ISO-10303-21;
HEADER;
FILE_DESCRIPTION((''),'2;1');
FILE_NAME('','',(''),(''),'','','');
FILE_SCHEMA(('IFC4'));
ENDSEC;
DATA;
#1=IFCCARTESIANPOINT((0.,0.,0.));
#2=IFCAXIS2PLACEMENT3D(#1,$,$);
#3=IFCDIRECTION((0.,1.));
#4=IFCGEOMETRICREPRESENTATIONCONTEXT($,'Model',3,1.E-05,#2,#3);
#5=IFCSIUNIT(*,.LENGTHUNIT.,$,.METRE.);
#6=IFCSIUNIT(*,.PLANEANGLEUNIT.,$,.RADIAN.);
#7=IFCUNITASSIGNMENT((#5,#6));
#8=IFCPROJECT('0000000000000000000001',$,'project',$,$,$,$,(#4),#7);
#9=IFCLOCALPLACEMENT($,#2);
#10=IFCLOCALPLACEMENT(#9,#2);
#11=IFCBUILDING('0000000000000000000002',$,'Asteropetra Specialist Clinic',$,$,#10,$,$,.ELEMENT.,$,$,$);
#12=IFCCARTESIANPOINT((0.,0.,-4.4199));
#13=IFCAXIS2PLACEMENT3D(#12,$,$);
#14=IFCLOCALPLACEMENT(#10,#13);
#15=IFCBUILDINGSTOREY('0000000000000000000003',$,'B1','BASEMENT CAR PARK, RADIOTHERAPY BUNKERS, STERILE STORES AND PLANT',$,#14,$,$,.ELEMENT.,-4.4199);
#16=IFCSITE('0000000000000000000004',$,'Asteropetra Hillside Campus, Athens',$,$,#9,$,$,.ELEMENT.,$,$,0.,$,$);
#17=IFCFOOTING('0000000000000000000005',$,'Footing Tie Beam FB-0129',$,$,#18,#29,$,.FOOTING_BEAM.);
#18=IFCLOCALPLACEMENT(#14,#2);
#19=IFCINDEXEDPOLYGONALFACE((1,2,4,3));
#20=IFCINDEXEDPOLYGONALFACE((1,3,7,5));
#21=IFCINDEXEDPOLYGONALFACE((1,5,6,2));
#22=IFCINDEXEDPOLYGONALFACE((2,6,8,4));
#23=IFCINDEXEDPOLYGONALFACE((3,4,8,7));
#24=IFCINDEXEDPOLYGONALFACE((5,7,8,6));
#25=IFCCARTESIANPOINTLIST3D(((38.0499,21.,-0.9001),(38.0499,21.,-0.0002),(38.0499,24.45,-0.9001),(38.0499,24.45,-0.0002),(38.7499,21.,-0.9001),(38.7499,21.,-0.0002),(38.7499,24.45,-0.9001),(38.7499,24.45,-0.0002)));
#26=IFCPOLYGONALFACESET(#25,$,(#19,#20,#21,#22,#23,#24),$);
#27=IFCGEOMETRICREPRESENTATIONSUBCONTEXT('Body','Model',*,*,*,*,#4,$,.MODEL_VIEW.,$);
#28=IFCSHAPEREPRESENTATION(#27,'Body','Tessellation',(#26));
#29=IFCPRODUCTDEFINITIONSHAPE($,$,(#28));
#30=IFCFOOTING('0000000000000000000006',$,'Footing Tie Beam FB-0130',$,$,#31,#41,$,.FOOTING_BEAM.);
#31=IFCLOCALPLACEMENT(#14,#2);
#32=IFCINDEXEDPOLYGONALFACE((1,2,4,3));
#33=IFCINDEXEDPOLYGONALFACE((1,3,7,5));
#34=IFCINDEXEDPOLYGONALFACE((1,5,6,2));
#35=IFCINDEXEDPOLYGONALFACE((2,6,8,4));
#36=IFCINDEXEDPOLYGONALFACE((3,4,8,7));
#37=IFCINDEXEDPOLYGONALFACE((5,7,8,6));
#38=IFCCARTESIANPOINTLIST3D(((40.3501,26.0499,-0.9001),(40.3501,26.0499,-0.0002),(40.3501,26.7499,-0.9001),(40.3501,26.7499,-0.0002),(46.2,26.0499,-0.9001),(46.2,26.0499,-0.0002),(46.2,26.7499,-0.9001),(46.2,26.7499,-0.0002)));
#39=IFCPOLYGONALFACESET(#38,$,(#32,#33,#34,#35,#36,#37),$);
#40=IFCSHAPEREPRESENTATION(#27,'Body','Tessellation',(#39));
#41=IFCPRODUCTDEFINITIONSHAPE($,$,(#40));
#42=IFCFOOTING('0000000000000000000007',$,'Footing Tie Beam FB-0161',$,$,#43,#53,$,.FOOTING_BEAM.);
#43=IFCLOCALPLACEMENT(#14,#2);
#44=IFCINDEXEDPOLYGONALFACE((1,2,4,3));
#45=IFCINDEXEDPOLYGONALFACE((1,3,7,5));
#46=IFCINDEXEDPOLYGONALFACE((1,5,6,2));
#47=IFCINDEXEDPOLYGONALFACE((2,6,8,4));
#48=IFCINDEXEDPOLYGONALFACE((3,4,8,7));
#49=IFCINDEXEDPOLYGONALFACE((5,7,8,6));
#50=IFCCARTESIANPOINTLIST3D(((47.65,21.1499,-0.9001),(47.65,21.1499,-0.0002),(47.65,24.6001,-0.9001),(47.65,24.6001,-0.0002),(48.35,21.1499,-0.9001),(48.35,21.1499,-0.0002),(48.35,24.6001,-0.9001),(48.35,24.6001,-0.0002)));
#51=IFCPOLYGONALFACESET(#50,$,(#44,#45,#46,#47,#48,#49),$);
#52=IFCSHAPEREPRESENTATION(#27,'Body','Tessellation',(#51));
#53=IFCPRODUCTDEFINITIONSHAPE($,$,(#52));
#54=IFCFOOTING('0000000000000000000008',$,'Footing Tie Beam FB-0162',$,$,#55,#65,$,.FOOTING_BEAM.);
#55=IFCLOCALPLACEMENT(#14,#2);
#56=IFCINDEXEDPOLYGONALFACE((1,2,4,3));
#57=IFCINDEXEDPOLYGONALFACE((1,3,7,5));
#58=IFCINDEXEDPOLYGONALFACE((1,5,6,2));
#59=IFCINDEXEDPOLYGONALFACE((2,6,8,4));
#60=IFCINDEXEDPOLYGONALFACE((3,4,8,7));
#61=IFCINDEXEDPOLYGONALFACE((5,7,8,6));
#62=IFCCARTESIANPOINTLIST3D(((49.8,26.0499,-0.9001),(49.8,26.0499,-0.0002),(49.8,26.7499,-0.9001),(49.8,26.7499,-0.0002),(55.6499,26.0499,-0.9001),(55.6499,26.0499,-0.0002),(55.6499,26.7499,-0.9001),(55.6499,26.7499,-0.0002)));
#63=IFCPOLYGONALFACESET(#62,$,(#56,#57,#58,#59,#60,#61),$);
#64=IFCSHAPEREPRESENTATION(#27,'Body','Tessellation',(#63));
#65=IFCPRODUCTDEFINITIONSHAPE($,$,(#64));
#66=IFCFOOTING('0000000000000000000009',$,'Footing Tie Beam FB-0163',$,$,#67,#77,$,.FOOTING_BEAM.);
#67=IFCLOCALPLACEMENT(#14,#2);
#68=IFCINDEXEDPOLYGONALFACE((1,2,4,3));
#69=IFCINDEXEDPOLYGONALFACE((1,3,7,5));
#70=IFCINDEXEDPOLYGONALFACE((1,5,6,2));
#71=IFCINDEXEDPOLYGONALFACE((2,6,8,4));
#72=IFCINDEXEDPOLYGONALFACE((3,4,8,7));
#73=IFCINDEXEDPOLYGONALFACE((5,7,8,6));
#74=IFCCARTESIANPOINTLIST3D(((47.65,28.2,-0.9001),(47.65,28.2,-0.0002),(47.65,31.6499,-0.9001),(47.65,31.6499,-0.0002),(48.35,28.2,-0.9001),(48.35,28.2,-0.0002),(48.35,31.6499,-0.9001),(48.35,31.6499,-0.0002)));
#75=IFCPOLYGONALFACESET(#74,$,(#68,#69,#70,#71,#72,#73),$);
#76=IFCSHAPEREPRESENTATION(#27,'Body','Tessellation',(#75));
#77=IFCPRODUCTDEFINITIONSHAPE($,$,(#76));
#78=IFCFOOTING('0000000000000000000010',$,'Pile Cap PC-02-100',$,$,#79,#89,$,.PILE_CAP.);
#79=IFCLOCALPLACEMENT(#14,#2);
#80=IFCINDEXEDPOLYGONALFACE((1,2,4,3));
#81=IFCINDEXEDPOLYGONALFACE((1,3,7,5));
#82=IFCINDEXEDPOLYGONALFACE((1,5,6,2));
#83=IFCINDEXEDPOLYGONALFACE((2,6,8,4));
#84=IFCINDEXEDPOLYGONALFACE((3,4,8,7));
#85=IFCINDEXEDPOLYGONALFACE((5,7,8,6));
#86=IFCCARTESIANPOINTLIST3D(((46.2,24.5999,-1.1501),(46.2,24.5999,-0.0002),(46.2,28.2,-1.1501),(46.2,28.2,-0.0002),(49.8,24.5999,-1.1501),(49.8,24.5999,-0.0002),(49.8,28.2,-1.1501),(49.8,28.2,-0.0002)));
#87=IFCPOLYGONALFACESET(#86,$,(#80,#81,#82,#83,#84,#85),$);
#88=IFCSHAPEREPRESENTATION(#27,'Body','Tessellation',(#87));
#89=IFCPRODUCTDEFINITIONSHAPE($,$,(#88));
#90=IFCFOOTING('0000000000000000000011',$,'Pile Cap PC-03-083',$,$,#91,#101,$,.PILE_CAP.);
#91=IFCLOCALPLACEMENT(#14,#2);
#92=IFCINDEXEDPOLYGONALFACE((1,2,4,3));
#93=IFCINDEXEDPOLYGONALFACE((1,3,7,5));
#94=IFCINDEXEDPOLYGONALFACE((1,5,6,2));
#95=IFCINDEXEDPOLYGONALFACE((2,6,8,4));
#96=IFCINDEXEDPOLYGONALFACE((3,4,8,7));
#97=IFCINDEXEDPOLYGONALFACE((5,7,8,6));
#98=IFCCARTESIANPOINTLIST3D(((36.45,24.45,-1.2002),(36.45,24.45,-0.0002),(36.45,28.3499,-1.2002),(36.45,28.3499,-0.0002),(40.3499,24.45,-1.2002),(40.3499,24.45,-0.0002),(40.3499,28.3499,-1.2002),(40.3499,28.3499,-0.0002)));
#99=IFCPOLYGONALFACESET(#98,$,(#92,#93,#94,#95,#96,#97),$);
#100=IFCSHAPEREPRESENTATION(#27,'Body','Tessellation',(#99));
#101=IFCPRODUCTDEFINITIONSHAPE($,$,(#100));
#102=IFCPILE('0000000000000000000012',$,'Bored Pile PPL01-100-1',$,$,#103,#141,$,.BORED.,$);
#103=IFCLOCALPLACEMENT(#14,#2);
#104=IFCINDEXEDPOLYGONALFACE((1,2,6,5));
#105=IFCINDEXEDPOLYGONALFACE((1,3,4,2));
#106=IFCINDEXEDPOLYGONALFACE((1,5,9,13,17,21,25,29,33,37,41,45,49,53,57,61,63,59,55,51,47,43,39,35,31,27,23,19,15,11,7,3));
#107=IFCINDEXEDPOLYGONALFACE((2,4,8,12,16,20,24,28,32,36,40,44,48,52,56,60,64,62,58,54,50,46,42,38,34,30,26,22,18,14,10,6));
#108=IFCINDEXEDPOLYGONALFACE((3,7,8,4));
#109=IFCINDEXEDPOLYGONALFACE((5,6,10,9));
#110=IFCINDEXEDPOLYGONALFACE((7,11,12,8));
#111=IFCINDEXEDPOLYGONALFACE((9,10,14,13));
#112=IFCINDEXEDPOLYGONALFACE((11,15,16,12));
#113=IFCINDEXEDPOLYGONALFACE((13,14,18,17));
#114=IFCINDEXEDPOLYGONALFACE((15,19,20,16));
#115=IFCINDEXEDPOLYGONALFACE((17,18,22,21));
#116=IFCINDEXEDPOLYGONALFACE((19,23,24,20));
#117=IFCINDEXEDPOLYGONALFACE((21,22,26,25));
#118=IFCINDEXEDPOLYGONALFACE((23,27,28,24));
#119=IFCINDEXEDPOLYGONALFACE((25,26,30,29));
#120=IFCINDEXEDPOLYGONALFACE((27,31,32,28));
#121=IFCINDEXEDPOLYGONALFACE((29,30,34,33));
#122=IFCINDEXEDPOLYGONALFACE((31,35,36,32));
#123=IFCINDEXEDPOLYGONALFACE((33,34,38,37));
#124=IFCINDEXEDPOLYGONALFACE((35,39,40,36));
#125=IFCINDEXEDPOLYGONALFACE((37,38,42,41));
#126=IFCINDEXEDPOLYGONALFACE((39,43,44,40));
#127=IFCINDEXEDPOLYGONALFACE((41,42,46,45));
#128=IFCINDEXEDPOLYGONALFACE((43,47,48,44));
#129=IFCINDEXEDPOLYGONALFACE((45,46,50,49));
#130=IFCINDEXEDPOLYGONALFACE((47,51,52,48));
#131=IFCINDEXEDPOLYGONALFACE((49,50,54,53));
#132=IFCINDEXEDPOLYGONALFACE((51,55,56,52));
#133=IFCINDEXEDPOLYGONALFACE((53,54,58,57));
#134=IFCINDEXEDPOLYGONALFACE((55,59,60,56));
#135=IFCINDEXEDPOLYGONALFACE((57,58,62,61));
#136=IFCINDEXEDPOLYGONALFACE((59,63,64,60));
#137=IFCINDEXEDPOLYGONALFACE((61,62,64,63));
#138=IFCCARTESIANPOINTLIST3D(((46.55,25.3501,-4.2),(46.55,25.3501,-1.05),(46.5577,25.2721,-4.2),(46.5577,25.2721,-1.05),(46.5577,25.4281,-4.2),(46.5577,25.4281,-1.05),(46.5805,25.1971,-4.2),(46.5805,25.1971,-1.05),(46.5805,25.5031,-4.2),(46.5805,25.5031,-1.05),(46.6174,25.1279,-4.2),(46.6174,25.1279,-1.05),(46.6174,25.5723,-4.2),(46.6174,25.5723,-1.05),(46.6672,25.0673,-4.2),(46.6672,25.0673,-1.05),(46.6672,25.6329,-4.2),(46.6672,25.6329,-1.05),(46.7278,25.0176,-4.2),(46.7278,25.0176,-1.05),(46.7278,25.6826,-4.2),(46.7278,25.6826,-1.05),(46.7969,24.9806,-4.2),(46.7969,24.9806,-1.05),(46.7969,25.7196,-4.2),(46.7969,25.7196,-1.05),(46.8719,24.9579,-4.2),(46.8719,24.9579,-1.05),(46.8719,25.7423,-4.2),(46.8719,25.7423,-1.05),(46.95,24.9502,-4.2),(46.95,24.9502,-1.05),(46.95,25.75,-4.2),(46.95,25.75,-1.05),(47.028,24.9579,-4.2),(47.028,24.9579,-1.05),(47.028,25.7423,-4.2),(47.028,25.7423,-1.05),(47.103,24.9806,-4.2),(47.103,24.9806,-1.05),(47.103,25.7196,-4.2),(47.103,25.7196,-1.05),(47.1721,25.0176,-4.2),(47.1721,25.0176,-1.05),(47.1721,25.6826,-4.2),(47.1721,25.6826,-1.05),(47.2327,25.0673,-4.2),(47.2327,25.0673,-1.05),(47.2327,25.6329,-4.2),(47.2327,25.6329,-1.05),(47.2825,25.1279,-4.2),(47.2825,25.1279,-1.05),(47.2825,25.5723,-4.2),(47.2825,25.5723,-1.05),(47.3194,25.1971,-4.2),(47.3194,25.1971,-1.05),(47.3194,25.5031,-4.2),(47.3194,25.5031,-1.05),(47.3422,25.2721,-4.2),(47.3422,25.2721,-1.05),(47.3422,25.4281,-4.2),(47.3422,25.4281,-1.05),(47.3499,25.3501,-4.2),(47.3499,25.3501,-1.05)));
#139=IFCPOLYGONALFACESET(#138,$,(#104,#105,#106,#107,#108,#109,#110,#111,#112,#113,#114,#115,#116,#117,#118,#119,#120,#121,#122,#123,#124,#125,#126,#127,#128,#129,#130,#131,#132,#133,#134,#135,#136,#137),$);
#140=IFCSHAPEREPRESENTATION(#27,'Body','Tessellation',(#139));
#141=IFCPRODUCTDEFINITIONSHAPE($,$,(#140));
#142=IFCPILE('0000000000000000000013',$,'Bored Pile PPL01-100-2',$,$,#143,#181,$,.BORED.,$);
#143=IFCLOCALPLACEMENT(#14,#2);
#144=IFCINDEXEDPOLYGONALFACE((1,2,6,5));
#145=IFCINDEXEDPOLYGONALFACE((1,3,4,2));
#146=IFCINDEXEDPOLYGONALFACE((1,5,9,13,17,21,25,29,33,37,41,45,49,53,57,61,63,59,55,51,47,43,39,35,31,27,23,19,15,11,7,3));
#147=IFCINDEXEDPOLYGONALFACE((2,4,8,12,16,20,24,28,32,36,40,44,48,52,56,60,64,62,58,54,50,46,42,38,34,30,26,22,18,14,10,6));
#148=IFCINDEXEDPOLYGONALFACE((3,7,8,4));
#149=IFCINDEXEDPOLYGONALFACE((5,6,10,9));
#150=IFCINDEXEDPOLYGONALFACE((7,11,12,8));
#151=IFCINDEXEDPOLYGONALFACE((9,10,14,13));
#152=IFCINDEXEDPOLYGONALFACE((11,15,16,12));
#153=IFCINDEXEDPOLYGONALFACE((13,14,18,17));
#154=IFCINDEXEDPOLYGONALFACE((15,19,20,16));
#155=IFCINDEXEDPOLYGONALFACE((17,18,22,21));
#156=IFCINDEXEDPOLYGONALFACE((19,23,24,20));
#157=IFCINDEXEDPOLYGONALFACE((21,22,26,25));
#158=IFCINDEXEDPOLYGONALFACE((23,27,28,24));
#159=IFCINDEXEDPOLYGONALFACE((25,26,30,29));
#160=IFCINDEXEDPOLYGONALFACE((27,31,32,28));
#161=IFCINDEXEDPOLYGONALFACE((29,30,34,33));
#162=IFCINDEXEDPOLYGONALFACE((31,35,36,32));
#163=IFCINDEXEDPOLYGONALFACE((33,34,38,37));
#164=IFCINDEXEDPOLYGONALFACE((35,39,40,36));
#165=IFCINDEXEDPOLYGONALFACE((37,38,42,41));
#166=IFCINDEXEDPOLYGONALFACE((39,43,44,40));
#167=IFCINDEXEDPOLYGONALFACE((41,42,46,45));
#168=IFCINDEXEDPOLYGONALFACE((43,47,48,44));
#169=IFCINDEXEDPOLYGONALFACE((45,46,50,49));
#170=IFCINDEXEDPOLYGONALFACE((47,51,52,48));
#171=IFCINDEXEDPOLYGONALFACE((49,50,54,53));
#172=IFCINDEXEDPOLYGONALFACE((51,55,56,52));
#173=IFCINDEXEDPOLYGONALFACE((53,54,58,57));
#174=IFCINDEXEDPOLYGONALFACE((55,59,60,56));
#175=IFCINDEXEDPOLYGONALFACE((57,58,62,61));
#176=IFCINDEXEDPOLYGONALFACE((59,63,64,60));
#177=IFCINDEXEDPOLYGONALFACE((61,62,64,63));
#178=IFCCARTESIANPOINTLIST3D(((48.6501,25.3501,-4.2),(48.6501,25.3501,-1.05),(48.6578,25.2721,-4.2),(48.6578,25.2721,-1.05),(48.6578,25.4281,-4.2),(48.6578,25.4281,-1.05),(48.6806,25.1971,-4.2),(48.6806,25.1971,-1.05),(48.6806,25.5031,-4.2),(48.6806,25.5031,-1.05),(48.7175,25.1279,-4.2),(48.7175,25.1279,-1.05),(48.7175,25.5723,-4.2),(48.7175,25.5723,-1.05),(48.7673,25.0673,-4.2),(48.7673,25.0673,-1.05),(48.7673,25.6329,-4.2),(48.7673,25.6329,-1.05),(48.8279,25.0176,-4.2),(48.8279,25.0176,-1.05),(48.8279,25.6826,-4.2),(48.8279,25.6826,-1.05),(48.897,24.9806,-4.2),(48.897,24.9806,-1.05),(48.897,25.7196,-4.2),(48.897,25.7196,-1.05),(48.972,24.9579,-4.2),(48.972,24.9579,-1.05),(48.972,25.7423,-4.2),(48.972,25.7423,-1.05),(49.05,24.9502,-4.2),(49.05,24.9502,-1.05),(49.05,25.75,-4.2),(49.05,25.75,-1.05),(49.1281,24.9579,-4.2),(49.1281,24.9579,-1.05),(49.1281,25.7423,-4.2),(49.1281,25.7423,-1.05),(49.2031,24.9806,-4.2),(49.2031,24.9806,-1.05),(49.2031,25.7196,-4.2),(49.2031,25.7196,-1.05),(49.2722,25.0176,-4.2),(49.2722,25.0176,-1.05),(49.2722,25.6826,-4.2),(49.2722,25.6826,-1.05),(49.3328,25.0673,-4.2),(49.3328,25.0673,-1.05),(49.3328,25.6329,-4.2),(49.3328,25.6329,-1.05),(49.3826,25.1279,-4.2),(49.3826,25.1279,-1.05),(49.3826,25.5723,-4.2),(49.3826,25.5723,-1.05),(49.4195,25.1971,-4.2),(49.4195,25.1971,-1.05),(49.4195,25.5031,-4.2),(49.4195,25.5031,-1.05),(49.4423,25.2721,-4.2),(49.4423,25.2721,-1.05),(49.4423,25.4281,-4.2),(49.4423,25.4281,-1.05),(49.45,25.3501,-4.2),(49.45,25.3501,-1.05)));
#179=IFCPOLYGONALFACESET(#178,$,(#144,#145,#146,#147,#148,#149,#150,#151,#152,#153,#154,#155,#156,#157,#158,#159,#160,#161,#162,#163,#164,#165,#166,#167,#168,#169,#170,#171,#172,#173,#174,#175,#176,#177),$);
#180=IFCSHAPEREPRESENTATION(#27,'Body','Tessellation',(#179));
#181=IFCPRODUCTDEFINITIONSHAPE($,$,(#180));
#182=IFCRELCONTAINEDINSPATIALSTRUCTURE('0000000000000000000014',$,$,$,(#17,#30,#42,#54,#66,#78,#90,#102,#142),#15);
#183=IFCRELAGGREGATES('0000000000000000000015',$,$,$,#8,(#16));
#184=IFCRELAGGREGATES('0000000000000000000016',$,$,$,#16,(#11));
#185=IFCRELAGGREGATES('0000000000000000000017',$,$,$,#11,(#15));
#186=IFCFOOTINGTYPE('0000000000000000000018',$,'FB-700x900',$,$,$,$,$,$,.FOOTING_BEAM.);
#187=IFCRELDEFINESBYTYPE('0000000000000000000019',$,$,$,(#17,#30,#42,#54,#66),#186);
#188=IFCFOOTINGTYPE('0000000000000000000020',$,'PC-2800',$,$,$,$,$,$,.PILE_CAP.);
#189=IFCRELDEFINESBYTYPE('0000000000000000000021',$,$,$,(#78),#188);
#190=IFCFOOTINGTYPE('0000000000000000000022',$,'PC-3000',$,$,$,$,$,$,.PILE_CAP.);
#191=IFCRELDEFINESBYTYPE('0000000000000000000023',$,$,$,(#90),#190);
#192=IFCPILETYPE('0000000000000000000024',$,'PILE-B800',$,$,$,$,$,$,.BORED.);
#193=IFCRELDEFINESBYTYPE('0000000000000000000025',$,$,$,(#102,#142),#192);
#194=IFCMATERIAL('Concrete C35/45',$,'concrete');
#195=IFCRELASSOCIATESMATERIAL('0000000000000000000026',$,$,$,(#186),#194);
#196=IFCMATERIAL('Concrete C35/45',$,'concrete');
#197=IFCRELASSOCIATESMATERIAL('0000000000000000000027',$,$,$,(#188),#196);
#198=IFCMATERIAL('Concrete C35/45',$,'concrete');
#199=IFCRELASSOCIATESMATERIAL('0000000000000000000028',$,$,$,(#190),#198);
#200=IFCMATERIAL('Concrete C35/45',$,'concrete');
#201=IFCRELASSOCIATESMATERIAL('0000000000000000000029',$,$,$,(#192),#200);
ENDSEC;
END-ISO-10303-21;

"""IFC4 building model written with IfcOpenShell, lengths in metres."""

from ifc_helpers import new_model, si_unit, direction, frame, origin, origin_2d, place, context, subcontext, project, spatial, rectangle, circle, extrude, material, material_profile, profile_set, type_object, element, save


model = new_model("IFC4")

# Units and contexts
model_context = context("Model", 3, precision=1e-05, world=origin(), true_north=direction((0.0, 1.0)))
body_context = subcontext(model_context, "Body", "Model", "MODEL_VIEW")
ifc_project = project(units=[si_unit("LENGTHUNIT", "METRE"), si_unit("PLANEANGLEUNIT", "RADIAN")], contexts=[model_context])

# Site, building, storey
site_placement = place(None, origin())
site = spatial("IfcSite", under=ifc_project, at=site_placement, Name="Asteropetra Hillside Campus, Athens", CompositionType="ELEMENT", RefElevation=0.0)
building_placement = place(site_placement, origin())
building = spatial("IfcBuilding", under=site, at=building_placement, Name="Asteropetra Specialist Clinic", CompositionType="ELEMENT")
storey_placement = place(building_placement, frame((0.0, 0.0, -4.4199)))
storey = spatial("IfcBuildingStorey", under=building, at=storey_placement, Name="B1", Description="BASEMENT CAR PARK, RADIOTHERAPY BUNKERS, STERILE STORES AND PLANT", CompositionType="ELEMENT", Elevation=-4.4199)

# Footings
ifc_material_1 = material(Name="Concrete C35/45", Category="concrete")
ifc_material_profile_1 = material_profile(ifc_material_1, rectangle(XDim=0.7, YDim=0.8999, at=origin_2d()), Name="FB 700x900")
ifc_profile_set_1 = profile_set([ifc_material_profile_1], Name="Concrete C35/45")
footing_type_1 = type_object("IfcFootingType", Name="FB-700x900", PredefinedType="FOOTING_BEAM", material=ifc_profile_set_1)
footing_1_placement = place(storey_placement, frame((38.3999, 21.0, -0.4502), z_axis=(0.0, 1.0, 0.0), x_axis=(-1.0, 0.0, 0.0)))
element("IfcFooting", 1, at=footing_1_placement, inside=storey, type_object=footing_type_1, Name="Footing Tie Beam FB-0129", PredefinedType="FOOTING_BEAM", context=body_context, shape_type="SweptSolid", body=[
    extrude(rectangle(XDim=0.7, YDim=0.8999, at=origin_2d()), origin(), (0.0, 0.0, 1.0), 3.45),
])
footing_2_placement = place(storey_placement, frame((40.3501, 26.3999, -0.4502), z_axis=(1.0, 0.0, 0.0), x_axis=(0.0, 1.0, 0.0)))
element("IfcFooting", 2, at=footing_2_placement, inside=storey, type_object=footing_type_1, Name="Footing Tie Beam FB-0130", PredefinedType="FOOTING_BEAM", context=body_context, shape_type="SweptSolid", body=[
    extrude(rectangle(XDim=0.7, YDim=0.8999, at=origin_2d()), origin(), (0.0, 0.0, 1.0), 5.8499),
])
footing_3_placement = place(storey_placement, frame((48.0, 21.1499, -0.4502), z_axis=(0.0, 1.0, 0.0), x_axis=(-1.0, 0.0, 0.0)))
element("IfcFooting", 3, at=footing_3_placement, inside=storey, type_object=footing_type_1, Name="Footing Tie Beam FB-0161", PredefinedType="FOOTING_BEAM", context=body_context, shape_type="SweptSolid", body=[
    extrude(rectangle(XDim=0.7, YDim=0.8999, at=origin_2d()), origin(), (0.0, 0.0, 1.0), 3.4502),
])
footing_4_placement = place(storey_placement, frame((49.8, 26.3999, -0.4502), z_axis=(1.0, 0.0, 0.0), x_axis=(0.0, 1.0, 0.0)))
element("IfcFooting", 4, at=footing_4_placement, inside=storey, type_object=footing_type_1, Name="Footing Tie Beam FB-0162", PredefinedType="FOOTING_BEAM", context=body_context, shape_type="SweptSolid", body=[
    extrude(rectangle(XDim=0.7, YDim=0.8999, at=origin_2d()), origin(), (0.0, 0.0, 1.0), 5.8499),
])
footing_5_placement = place(storey_placement, frame((48.0, 28.2, -0.4502), z_axis=(0.0, 1.0, 0.0), x_axis=(-1.0, 0.0, 0.0)))
element("IfcFooting", 5, at=footing_5_placement, inside=storey, type_object=footing_type_1, Name="Footing Tie Beam FB-0163", PredefinedType="FOOTING_BEAM", context=body_context, shape_type="SweptSolid", body=[
    extrude(rectangle(XDim=0.7, YDim=0.8999, at=origin_2d()), origin(), (0.0, 0.0, 1.0), 3.45),
])
ifc_material_2 = material(Name="Concrete C35/45", Category="concrete")
footing_type_2 = type_object("IfcFootingType", Name="PC-2800", PredefinedType="PILE_CAP", material=ifc_material_2)
footing_6_placement = place(storey_placement, frame((48.0, 26.3999, -1.1501), z_axis=(0.0, 0.0, 1.0), x_axis=(1.0, 0.0, 0.0)))
element("IfcFooting", 6, at=footing_6_placement, inside=storey, type_object=footing_type_2, Name="Pile Cap PC-02-100", PredefinedType="PILE_CAP", context=body_context, shape_type="SweptSolid", body=[
    extrude(rectangle(XDim=3.6001, YDim=3.6001, at=origin_2d()), origin(), (0.0, 0.0, 1.0), 1.1499),
])
ifc_material_3 = material(Name="Concrete C35/45", Category="concrete")
footing_type_3 = type_object("IfcFootingType", Name="PC-3000", PredefinedType="PILE_CAP", material=ifc_material_3)
footing_7_placement = place(storey_placement, frame((38.3999, 26.3999, -1.2002), z_axis=(0.0, 0.0, 1.0), x_axis=(1.0, 0.0, 0.0)))
element("IfcFooting", 7, at=footing_7_placement, inside=storey, type_object=footing_type_3, Name="Pile Cap PC-03-083", PredefinedType="PILE_CAP", context=body_context, shape_type="SweptSolid", body=[
    extrude(rectangle(XDim=3.8999, YDim=3.8999, at=origin_2d()), origin(), (0.0, 0.0, 1.0), 1.2),
])

# Piles
ifc_material_4 = material(Name="Concrete C35/45", Category="concrete")
ifc_material_profile_2 = material_profile(ifc_material_4, circle(Radius=0.3999, at=origin_2d()), Name="PILE D800")
ifc_profile_set_2 = profile_set([ifc_material_profile_2], Name="Concrete C35/45")
pile_type_1 = type_object("IfcPileType", Name="PILE-B800", PredefinedType="BORED", material=ifc_profile_set_2)
for number, where, z_axis, x_axis, name in (
    (8, (46.95, 25.3501, -1.05), (0.0, 0.0, -1.0), (1.0, 0.0, 0.0), "Bored Pile PPL01-100-1"),
    (9, (49.05, 25.3501, -1.05), (0.0, 0.0, -1.0), (1.0, 0.0, 0.0), "Bored Pile PPL01-100-2"),
):
    element("IfcPile", number, at=place(storey_placement, frame(where, z_axis=z_axis, x_axis=x_axis)), inside=storey, type_object=pile_type_1, Name=name, PredefinedType="BORED", context=body_context, shape_type="SweptSolid", body=[
        extrude(circle(Radius=0.3999, at=origin_2d()), origin(), (0.0, 0.0, 1.0), 3.1499),
    ])

save(model, "model.ifc")
